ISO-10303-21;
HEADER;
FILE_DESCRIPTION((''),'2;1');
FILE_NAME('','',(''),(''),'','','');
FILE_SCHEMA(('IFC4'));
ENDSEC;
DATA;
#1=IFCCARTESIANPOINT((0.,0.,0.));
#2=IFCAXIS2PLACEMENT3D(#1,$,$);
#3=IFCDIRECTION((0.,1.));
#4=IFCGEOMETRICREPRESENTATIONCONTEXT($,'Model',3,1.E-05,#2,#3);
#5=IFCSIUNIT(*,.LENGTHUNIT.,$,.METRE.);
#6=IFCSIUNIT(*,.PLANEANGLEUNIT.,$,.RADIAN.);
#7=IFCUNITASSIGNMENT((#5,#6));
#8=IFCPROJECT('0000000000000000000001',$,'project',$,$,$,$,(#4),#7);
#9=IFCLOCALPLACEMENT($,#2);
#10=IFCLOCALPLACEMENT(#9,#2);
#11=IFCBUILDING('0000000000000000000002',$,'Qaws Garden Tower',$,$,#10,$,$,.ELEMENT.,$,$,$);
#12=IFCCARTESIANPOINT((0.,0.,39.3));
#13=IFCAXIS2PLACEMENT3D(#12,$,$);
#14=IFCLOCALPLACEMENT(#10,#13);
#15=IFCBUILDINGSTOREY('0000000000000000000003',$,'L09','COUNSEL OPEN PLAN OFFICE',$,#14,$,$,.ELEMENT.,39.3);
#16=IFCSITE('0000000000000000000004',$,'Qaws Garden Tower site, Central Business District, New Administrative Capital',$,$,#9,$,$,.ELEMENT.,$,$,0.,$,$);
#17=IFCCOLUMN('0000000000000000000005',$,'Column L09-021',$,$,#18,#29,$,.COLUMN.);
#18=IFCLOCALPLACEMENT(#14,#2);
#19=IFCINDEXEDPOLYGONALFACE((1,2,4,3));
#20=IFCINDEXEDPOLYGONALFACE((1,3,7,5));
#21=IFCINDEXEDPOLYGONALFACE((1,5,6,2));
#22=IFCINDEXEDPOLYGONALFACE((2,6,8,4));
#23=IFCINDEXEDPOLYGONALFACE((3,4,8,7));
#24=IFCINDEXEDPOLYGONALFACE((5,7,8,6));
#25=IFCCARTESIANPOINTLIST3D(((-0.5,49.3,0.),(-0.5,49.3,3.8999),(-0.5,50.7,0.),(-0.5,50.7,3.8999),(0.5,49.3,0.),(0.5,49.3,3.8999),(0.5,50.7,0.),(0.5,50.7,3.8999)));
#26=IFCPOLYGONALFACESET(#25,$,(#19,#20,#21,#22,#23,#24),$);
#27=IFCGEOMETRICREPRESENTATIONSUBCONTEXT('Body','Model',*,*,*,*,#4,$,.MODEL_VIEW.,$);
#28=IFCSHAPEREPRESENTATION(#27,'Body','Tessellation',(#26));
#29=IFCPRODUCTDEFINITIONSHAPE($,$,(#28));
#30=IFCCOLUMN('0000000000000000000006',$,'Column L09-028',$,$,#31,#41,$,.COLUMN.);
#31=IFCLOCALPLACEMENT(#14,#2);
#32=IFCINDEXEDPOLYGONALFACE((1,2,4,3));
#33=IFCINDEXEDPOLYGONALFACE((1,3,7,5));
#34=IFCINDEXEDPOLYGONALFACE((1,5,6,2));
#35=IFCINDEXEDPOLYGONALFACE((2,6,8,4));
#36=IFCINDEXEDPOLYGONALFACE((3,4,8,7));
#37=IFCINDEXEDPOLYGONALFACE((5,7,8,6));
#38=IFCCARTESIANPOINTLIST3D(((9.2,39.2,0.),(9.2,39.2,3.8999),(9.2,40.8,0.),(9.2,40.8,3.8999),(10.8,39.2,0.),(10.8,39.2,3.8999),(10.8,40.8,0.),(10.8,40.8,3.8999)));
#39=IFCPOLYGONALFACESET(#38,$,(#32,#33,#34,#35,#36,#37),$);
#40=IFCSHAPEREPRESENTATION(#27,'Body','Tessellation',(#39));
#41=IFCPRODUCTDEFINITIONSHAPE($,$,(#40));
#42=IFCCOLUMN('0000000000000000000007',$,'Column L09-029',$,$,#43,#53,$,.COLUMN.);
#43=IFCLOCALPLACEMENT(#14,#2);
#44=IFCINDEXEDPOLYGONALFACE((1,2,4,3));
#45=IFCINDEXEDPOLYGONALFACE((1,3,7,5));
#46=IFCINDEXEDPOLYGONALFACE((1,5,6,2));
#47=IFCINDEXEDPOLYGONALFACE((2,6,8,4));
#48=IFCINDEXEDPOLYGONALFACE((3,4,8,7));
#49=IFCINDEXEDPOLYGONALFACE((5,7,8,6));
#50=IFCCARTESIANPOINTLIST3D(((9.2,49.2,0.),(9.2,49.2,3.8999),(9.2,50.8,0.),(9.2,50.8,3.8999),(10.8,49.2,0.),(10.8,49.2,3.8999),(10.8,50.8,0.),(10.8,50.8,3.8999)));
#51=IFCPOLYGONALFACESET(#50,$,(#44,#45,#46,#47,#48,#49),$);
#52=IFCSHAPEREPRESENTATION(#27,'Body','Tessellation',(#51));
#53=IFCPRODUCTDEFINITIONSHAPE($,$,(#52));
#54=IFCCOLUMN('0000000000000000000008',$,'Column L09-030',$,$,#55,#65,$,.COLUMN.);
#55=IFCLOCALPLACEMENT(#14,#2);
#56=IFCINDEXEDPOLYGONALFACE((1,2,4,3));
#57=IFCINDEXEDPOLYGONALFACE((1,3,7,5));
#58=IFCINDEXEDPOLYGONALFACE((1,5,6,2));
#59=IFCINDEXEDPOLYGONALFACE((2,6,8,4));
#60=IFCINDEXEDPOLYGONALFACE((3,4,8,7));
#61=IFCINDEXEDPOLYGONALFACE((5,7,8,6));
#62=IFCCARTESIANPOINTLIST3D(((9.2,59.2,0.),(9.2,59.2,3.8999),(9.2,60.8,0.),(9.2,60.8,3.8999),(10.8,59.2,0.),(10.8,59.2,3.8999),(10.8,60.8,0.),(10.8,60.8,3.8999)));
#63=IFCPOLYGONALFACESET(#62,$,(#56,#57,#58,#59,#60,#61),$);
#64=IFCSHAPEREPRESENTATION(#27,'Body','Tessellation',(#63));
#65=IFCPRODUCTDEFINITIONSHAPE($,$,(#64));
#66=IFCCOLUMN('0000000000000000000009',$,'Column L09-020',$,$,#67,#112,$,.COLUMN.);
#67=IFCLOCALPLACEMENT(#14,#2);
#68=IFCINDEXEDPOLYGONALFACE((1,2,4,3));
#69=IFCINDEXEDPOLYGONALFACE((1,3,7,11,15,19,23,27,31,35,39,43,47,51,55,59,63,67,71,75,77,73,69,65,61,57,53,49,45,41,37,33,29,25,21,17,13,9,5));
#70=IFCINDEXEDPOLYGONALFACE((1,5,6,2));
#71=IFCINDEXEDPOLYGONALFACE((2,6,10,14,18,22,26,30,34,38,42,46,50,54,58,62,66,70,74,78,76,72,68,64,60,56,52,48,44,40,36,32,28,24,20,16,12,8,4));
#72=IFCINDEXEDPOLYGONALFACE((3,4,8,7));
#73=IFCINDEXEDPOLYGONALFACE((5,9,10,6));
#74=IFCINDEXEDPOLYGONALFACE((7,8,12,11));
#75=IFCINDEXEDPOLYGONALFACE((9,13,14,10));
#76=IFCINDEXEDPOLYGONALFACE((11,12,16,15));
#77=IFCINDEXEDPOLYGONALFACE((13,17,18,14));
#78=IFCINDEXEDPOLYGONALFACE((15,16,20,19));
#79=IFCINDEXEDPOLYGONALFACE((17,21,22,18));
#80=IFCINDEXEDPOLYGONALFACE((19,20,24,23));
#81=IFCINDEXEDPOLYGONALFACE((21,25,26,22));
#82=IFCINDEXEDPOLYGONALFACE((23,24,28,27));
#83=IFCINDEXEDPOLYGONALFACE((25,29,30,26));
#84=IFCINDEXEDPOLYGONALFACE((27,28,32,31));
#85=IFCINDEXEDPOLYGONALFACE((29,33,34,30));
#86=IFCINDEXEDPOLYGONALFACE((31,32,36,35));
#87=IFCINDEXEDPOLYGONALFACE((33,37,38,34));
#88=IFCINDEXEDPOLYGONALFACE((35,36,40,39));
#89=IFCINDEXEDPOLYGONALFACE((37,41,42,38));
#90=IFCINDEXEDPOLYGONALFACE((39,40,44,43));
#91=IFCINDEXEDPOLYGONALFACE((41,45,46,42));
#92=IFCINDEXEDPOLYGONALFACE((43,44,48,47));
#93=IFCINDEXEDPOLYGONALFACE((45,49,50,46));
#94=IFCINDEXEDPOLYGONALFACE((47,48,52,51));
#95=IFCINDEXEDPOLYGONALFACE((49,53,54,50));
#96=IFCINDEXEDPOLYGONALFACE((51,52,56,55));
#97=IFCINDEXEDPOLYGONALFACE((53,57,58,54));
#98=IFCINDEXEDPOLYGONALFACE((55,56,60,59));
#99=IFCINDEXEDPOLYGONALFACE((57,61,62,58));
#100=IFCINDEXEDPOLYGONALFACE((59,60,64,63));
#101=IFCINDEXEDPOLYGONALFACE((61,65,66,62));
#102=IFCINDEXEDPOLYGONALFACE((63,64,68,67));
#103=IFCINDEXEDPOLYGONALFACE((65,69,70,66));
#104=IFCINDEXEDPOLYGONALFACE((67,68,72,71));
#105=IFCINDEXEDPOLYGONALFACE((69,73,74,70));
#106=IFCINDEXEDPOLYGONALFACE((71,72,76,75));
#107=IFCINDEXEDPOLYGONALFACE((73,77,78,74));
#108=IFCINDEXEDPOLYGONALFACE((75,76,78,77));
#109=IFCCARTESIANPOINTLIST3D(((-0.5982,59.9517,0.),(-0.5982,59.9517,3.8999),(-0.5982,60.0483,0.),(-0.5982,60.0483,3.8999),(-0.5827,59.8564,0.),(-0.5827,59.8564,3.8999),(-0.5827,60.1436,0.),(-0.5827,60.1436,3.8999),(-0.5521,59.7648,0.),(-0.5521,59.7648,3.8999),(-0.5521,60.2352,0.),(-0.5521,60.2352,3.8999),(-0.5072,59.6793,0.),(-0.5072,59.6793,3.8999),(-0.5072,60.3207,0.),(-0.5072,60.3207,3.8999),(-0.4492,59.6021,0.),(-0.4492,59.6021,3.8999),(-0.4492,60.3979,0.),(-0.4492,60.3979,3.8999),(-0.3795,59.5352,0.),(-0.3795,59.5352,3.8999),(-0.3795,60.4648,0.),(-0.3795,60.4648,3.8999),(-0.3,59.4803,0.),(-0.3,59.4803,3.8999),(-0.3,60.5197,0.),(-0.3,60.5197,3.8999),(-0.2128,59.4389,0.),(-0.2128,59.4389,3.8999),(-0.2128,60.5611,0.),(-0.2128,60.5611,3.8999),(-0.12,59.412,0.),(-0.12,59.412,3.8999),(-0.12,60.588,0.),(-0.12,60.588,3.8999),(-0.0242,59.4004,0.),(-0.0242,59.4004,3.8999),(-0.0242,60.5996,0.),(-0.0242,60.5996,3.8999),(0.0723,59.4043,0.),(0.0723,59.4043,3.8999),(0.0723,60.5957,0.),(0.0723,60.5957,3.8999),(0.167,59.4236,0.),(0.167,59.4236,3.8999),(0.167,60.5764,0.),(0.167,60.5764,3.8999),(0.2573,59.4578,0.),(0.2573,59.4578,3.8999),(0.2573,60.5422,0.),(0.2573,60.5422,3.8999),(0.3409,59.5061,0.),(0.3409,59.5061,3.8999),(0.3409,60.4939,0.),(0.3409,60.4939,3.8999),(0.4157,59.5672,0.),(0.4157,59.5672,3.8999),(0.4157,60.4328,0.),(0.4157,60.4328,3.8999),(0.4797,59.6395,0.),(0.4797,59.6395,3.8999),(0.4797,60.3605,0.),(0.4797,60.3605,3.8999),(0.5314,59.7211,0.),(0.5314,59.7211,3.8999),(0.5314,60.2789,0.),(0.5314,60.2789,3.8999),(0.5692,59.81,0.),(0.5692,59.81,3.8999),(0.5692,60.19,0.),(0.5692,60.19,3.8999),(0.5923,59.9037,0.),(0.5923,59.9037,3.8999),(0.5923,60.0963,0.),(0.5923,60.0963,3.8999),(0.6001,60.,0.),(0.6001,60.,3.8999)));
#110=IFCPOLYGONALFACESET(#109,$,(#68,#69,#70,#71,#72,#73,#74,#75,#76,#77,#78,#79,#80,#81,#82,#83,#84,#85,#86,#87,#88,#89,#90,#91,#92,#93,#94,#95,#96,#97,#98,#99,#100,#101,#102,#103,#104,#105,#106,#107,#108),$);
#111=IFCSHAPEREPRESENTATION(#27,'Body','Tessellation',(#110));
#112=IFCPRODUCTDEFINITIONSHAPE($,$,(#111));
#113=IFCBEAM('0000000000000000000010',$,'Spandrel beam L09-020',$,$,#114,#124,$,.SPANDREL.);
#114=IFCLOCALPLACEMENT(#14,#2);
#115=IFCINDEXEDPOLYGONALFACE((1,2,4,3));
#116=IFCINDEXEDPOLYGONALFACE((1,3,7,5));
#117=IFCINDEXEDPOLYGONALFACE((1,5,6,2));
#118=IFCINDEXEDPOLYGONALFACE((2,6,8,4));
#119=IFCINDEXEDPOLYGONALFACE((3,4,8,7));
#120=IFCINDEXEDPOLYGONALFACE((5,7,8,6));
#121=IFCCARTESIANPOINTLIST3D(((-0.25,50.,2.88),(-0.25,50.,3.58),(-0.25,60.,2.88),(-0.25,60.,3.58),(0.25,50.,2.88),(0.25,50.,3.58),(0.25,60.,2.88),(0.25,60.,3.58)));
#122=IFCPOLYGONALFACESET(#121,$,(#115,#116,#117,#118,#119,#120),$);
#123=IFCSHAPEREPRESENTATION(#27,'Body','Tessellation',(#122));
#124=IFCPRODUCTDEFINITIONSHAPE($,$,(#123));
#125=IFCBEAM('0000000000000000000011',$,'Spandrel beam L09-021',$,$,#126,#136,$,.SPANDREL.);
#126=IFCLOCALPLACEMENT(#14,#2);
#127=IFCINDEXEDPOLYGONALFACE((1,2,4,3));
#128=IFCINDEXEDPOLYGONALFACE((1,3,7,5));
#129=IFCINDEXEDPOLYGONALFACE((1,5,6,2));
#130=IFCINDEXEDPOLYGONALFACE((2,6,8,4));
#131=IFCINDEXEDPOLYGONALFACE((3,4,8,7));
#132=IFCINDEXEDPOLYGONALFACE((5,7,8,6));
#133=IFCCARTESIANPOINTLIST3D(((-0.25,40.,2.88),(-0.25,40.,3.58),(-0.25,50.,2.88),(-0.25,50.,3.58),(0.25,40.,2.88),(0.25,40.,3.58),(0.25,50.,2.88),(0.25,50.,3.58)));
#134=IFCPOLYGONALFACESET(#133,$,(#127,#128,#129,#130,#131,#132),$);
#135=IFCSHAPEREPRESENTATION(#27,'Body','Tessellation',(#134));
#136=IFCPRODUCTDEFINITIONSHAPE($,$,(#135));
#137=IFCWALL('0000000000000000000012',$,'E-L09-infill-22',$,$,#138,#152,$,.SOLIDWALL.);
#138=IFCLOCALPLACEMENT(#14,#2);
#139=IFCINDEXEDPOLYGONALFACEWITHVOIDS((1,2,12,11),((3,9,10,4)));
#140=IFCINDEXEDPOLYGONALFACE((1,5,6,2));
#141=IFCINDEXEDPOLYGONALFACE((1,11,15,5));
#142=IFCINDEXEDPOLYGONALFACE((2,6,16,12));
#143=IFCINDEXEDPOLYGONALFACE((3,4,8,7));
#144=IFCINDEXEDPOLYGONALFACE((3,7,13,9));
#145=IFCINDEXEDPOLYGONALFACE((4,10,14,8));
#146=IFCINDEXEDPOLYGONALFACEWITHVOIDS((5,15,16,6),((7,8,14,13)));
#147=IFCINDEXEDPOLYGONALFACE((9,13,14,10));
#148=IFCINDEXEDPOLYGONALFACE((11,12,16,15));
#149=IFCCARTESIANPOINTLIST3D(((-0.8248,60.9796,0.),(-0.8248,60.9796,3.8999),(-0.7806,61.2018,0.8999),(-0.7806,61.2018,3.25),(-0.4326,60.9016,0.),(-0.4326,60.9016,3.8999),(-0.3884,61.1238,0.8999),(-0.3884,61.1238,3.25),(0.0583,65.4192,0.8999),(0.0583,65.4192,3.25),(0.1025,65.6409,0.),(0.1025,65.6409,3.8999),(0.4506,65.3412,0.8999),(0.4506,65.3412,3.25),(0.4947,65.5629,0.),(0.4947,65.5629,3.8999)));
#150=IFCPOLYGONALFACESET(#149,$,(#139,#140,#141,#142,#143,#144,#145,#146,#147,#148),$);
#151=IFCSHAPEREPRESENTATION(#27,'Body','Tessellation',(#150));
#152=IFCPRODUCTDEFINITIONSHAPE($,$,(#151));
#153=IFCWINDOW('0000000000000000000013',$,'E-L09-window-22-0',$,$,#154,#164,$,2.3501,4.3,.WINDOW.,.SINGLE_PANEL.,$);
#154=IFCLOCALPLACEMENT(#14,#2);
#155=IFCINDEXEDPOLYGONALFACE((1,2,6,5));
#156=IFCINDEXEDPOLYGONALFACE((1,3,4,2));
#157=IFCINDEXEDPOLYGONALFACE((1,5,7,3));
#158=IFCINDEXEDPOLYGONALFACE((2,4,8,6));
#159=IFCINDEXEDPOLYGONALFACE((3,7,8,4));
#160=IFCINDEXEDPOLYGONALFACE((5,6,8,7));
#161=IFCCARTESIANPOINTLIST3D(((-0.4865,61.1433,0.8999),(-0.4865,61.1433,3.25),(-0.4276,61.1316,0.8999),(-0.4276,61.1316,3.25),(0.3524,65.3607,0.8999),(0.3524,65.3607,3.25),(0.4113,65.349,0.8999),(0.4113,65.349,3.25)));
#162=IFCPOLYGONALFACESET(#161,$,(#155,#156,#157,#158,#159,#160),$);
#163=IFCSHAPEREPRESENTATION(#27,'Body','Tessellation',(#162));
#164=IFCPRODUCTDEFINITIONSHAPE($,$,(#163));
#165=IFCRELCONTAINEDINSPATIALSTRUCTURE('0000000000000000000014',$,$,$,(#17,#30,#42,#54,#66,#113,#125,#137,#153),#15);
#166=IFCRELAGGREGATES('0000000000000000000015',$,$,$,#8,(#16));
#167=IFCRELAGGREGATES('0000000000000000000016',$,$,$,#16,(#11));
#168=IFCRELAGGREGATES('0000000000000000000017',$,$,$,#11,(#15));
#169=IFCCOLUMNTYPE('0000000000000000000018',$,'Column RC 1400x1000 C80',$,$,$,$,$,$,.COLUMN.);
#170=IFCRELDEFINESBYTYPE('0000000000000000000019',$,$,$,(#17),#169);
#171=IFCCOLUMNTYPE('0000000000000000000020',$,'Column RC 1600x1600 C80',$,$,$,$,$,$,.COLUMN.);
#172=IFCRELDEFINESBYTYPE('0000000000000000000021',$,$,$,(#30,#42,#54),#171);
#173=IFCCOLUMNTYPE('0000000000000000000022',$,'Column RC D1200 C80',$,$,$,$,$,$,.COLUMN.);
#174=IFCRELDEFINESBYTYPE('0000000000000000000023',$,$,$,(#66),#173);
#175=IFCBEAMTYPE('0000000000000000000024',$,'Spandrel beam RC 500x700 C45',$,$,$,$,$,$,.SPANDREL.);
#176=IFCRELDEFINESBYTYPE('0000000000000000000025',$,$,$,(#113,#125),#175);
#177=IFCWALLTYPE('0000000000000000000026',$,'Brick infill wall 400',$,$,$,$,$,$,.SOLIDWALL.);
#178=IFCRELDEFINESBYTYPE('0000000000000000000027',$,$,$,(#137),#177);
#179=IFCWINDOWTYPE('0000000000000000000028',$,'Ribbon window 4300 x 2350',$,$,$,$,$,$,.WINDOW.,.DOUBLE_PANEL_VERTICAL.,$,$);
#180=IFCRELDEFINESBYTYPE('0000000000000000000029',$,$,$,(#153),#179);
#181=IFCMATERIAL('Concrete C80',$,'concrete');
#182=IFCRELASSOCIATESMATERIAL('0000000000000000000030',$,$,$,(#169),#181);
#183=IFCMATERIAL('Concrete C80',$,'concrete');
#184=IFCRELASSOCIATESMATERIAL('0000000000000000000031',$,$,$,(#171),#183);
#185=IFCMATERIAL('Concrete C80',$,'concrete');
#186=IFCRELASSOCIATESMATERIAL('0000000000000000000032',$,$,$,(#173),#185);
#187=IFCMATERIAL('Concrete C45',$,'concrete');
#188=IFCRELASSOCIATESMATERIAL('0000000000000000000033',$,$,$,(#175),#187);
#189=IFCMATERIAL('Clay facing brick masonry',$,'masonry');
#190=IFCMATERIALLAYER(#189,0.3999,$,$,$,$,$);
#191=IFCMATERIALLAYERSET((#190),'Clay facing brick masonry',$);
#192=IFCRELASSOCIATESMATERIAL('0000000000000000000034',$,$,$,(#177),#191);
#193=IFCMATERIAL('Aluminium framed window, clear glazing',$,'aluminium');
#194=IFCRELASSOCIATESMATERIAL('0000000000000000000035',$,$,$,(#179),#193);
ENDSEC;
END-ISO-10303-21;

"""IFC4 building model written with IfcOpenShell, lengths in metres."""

from ifc_helpers import new_model, si_unit, direction, frame, frame_2d, origin, origin_2d, place, context, subcontext, project, spatial, rectangle, circle, extrude, material, layer, layer_set, material_profile, profile_set, type_object, element, fill, save


model = new_model("IFC4")

# Units and contexts
model_context = context("Model", 3, precision=1e-05, world=origin(), true_north=direction((0.0, 1.0)))
body_context = subcontext(model_context, "Body", "Model", "MODEL_VIEW")
ifc_project = project(units=[si_unit("LENGTHUNIT", "METRE"), si_unit("PLANEANGLEUNIT", "RADIAN")], contexts=[model_context])

# Site, building, storey
site_placement = place(None, origin())
site = spatial("IfcSite", under=ifc_project, at=site_placement, Name="Qaws Garden Tower site, Central Business District, New Administrative Capital", CompositionType="ELEMENT", RefElevation=0.0)
building_placement = place(site_placement, origin())
building = spatial("IfcBuilding", under=site, at=building_placement, Name="Qaws Garden Tower", CompositionType="ELEMENT")
storey_placement = place(building_placement, frame((0.0, 0.0, 39.3)))
storey = spatial("IfcBuildingStorey", under=building, at=storey_placement, Name="L09", Description="COUNSEL OPEN PLAN OFFICE", CompositionType="ELEMENT", Elevation=39.3)

# Columns
ifc_material_1 = material(Name="Concrete C80", Category="concrete")
ifc_material_profile_1 = material_profile(ifc_material_1, rectangle(XDim=1.3999, YDim=1.0, at=origin_2d()), Name="RC 1400x1000")
ifc_profile_set_1 = profile_set([ifc_material_profile_1], Name="Concrete C80")
column_type_1 = type_object("IfcColumnType", Name="Column RC 1400x1000 C80", PredefinedType="COLUMN", material=ifc_profile_set_1)
column_1_placement = place(storey_placement, frame((0.0, 50.0, 0.0), z_axis=(0.0, 0.0, 1.0), x_axis=(0.0, 1.0, 0.0)))
element("IfcColumn", 1, at=column_1_placement, inside=storey, type_object=column_type_1, Name="Column L09-021", PredefinedType="COLUMN", context=body_context, shape_type="SweptSolid", body=[
    extrude(rectangle(XDim=1.3999, YDim=1.0, at=origin_2d()), origin(), (0.0, 0.0, 1.0), 3.8999),
])
ifc_material_2 = material(Name="Concrete C80", Category="concrete")
ifc_material_profile_2 = material_profile(ifc_material_2, rectangle(XDim=1.6001, YDim=1.6001, at=origin_2d()), Name="RC 1600x1600")
ifc_profile_set_2 = profile_set([ifc_material_profile_2], Name="Concrete C80")
column_type_2 = type_object("IfcColumnType", Name="Column RC 1600x1600 C80", PredefinedType="COLUMN", material=ifc_profile_set_2)
for number, where, z_axis, x_axis, name in (
    (2, (10.0, 40.0, 0.0), (0.0, 0.0, 1.0), (1.0, 0.0, 0.0), "Column L09-028"),
    (3, (10.0, 50.0, 0.0), (0.0, 0.0, 1.0), (1.0, 0.0, 0.0), "Column L09-029"),
    (4, (10.0, 60.0, 0.0), (0.0, 0.0, 1.0), (1.0, 0.0, 0.0), "Column L09-030"),
):
    element("IfcColumn", number, at=place(storey_placement, frame(where, z_axis=z_axis, x_axis=x_axis)), inside=storey, type_object=column_type_2, Name=name, PredefinedType="COLUMN", context=body_context, shape_type="SweptSolid", body=[
        extrude(rectangle(XDim=1.6001, YDim=1.6001, at=origin_2d()), origin(), (0.0, 0.0, 1.0), 3.8999),
    ])
ifc_material_3 = material(Name="Concrete C80", Category="concrete")
ifc_material_profile_3 = material_profile(ifc_material_3, circle(Radius=0.6001, at=origin_2d()), Name="RC D1200")
ifc_profile_set_3 = profile_set([ifc_material_profile_3], Name="Concrete C80")
column_type_3 = type_object("IfcColumnType", Name="Column RC D1200 C80", PredefinedType="COLUMN", material=ifc_profile_set_3)
column_2_placement = place(storey_placement, frame((0.0, 60.0, 0.0), z_axis=(0.0, 0.0, 1.0), x_axis=(1.0, 0.0, 0.0)))
element("IfcColumn", 5, at=column_2_placement, inside=storey, type_object=column_type_3, Name="Column L09-020", PredefinedType="COLUMN", context=body_context, shape_type="SweptSolid", body=[
    extrude(circle(Radius=0.6001, at=origin_2d()), origin(), (0.0, 0.0, 1.0), 3.8999),
])

# Beams
ifc_material_4 = material(Name="Concrete C45", Category="concrete")
ifc_material_profile_4 = material_profile(ifc_material_4, rectangle(XDim=0.5, YDim=0.7, at=origin_2d()), Name="RC 500x700")
ifc_profile_set_4 = profile_set([ifc_material_profile_4], Name="Concrete C45")
beam_type = type_object("IfcBeamType", Name="Spandrel beam RC 500x700 C45", PredefinedType="SPANDREL", material=ifc_profile_set_4)
for number, where, z_axis, x_axis, name in (
    (6, (0.0, 60.0, 3.23), (0.0, -1.0, 0.0), (1.0, 0.0, 0.0), "Spandrel beam L09-020"),
    (7, (0.0, 50.0, 3.23), (0.0, -1.0, 0.0), (1.0, 0.0, 0.0), "Spandrel beam L09-021"),
):
    element("IfcBeam", number, at=place(storey_placement, frame(where, z_axis=z_axis, x_axis=x_axis)), inside=storey, type_object=beam_type, Name=name, PredefinedType="SPANDREL", context=body_context, shape_type="SweptSolid", body=[
        extrude(rectangle(XDim=0.5, YDim=0.7, at=origin_2d()), origin(), (0.0, 0.0, 1.0), 10.0),
    ])

# Wall, opening, window
ifc_material_5 = material(Name="Clay facing brick masonry", Category="masonry")
ifc_layer_1 = layer(ifc_material_5, 0.3999)
ifc_layer_set_1 = layer_set([ifc_layer_1], Name="Clay facing brick masonry")
wall_type_1 = type_object("IfcWallType", Name="Brick infill wall 400", PredefinedType="SOLIDWALL", material=ifc_layer_set_1)
wall_1_placement = place(storey_placement, frame((0.2986, 65.6021, 0.0), z_axis=(0.0, 0.0, 1.0), x_axis=(-0.195099, -0.980784, 0.0)))
wall_1 = element("IfcWall", 8, at=wall_1_placement, inside=storey, type_object=wall_type_1, Name="E-L09-infill-22", PredefinedType="SOLIDWALL", context=body_context, shape_type="SweptSolid", body=[
    extrude(rectangle(XDim=4.7527, YDim=0.3999, at=frame_2d((2.3765, 0.0))), origin(), (0.0, 0.0, 1.0), 3.8999),
])
opening_1_placement = place(wall_1_placement, frame((0.2263, 0.0, 0.8999)))
opening_1 = element("IfcOpeningElement", 9, at=opening_1_placement, cuts=wall_1, PredefinedType="OPENING", context=body_context, shape_type="SweptSolid", body=[
    extrude(rectangle(XDim=4.3, YDim=2.3501, at=frame_2d((2.1499, 1.175))), frame((0.0, 0.21, 0.0), z_axis=(0.0, -1.0, 0.0), x_axis=(1.0, 0.0, 0.0)), (0.0, 0.0, 1.0), 0.4199),
])
ifc_material_6 = material(Name="Aluminium framed window, clear glazing", Category="aluminium")
window_type_1 = type_object("IfcWindowType", Name="Ribbon window 4300 x 2350", PartitioningType="DOUBLE_PANEL_VERTICAL", PredefinedType="WINDOW", material=ifc_material_6)
window_1_placement = place(opening_1_placement, origin())
window_1 = element("IfcWindow", 10, at=window_1_placement, inside=storey, type_object=window_type_1, Name="E-L09-window-22-0", OverallHeight=2.3501, OverallWidth=4.3, PartitioningType="SINGLE_PANEL", PredefinedType="WINDOW", context=body_context, shape_type="SweptSolid", body=[
    extrude(rectangle(XDim=4.3, YDim=2.3501, at=frame_2d((2.1499, 1.175))), frame((0.0, 0.1599, 0.0), z_axis=(0.0, -1.0, 0.0), x_axis=(1.0, 0.0, 0.0)), (0.0, 0.0, 1.0), 0.0601),
])
fill(opening_1, window_1)

save(model, "model.ifc")
